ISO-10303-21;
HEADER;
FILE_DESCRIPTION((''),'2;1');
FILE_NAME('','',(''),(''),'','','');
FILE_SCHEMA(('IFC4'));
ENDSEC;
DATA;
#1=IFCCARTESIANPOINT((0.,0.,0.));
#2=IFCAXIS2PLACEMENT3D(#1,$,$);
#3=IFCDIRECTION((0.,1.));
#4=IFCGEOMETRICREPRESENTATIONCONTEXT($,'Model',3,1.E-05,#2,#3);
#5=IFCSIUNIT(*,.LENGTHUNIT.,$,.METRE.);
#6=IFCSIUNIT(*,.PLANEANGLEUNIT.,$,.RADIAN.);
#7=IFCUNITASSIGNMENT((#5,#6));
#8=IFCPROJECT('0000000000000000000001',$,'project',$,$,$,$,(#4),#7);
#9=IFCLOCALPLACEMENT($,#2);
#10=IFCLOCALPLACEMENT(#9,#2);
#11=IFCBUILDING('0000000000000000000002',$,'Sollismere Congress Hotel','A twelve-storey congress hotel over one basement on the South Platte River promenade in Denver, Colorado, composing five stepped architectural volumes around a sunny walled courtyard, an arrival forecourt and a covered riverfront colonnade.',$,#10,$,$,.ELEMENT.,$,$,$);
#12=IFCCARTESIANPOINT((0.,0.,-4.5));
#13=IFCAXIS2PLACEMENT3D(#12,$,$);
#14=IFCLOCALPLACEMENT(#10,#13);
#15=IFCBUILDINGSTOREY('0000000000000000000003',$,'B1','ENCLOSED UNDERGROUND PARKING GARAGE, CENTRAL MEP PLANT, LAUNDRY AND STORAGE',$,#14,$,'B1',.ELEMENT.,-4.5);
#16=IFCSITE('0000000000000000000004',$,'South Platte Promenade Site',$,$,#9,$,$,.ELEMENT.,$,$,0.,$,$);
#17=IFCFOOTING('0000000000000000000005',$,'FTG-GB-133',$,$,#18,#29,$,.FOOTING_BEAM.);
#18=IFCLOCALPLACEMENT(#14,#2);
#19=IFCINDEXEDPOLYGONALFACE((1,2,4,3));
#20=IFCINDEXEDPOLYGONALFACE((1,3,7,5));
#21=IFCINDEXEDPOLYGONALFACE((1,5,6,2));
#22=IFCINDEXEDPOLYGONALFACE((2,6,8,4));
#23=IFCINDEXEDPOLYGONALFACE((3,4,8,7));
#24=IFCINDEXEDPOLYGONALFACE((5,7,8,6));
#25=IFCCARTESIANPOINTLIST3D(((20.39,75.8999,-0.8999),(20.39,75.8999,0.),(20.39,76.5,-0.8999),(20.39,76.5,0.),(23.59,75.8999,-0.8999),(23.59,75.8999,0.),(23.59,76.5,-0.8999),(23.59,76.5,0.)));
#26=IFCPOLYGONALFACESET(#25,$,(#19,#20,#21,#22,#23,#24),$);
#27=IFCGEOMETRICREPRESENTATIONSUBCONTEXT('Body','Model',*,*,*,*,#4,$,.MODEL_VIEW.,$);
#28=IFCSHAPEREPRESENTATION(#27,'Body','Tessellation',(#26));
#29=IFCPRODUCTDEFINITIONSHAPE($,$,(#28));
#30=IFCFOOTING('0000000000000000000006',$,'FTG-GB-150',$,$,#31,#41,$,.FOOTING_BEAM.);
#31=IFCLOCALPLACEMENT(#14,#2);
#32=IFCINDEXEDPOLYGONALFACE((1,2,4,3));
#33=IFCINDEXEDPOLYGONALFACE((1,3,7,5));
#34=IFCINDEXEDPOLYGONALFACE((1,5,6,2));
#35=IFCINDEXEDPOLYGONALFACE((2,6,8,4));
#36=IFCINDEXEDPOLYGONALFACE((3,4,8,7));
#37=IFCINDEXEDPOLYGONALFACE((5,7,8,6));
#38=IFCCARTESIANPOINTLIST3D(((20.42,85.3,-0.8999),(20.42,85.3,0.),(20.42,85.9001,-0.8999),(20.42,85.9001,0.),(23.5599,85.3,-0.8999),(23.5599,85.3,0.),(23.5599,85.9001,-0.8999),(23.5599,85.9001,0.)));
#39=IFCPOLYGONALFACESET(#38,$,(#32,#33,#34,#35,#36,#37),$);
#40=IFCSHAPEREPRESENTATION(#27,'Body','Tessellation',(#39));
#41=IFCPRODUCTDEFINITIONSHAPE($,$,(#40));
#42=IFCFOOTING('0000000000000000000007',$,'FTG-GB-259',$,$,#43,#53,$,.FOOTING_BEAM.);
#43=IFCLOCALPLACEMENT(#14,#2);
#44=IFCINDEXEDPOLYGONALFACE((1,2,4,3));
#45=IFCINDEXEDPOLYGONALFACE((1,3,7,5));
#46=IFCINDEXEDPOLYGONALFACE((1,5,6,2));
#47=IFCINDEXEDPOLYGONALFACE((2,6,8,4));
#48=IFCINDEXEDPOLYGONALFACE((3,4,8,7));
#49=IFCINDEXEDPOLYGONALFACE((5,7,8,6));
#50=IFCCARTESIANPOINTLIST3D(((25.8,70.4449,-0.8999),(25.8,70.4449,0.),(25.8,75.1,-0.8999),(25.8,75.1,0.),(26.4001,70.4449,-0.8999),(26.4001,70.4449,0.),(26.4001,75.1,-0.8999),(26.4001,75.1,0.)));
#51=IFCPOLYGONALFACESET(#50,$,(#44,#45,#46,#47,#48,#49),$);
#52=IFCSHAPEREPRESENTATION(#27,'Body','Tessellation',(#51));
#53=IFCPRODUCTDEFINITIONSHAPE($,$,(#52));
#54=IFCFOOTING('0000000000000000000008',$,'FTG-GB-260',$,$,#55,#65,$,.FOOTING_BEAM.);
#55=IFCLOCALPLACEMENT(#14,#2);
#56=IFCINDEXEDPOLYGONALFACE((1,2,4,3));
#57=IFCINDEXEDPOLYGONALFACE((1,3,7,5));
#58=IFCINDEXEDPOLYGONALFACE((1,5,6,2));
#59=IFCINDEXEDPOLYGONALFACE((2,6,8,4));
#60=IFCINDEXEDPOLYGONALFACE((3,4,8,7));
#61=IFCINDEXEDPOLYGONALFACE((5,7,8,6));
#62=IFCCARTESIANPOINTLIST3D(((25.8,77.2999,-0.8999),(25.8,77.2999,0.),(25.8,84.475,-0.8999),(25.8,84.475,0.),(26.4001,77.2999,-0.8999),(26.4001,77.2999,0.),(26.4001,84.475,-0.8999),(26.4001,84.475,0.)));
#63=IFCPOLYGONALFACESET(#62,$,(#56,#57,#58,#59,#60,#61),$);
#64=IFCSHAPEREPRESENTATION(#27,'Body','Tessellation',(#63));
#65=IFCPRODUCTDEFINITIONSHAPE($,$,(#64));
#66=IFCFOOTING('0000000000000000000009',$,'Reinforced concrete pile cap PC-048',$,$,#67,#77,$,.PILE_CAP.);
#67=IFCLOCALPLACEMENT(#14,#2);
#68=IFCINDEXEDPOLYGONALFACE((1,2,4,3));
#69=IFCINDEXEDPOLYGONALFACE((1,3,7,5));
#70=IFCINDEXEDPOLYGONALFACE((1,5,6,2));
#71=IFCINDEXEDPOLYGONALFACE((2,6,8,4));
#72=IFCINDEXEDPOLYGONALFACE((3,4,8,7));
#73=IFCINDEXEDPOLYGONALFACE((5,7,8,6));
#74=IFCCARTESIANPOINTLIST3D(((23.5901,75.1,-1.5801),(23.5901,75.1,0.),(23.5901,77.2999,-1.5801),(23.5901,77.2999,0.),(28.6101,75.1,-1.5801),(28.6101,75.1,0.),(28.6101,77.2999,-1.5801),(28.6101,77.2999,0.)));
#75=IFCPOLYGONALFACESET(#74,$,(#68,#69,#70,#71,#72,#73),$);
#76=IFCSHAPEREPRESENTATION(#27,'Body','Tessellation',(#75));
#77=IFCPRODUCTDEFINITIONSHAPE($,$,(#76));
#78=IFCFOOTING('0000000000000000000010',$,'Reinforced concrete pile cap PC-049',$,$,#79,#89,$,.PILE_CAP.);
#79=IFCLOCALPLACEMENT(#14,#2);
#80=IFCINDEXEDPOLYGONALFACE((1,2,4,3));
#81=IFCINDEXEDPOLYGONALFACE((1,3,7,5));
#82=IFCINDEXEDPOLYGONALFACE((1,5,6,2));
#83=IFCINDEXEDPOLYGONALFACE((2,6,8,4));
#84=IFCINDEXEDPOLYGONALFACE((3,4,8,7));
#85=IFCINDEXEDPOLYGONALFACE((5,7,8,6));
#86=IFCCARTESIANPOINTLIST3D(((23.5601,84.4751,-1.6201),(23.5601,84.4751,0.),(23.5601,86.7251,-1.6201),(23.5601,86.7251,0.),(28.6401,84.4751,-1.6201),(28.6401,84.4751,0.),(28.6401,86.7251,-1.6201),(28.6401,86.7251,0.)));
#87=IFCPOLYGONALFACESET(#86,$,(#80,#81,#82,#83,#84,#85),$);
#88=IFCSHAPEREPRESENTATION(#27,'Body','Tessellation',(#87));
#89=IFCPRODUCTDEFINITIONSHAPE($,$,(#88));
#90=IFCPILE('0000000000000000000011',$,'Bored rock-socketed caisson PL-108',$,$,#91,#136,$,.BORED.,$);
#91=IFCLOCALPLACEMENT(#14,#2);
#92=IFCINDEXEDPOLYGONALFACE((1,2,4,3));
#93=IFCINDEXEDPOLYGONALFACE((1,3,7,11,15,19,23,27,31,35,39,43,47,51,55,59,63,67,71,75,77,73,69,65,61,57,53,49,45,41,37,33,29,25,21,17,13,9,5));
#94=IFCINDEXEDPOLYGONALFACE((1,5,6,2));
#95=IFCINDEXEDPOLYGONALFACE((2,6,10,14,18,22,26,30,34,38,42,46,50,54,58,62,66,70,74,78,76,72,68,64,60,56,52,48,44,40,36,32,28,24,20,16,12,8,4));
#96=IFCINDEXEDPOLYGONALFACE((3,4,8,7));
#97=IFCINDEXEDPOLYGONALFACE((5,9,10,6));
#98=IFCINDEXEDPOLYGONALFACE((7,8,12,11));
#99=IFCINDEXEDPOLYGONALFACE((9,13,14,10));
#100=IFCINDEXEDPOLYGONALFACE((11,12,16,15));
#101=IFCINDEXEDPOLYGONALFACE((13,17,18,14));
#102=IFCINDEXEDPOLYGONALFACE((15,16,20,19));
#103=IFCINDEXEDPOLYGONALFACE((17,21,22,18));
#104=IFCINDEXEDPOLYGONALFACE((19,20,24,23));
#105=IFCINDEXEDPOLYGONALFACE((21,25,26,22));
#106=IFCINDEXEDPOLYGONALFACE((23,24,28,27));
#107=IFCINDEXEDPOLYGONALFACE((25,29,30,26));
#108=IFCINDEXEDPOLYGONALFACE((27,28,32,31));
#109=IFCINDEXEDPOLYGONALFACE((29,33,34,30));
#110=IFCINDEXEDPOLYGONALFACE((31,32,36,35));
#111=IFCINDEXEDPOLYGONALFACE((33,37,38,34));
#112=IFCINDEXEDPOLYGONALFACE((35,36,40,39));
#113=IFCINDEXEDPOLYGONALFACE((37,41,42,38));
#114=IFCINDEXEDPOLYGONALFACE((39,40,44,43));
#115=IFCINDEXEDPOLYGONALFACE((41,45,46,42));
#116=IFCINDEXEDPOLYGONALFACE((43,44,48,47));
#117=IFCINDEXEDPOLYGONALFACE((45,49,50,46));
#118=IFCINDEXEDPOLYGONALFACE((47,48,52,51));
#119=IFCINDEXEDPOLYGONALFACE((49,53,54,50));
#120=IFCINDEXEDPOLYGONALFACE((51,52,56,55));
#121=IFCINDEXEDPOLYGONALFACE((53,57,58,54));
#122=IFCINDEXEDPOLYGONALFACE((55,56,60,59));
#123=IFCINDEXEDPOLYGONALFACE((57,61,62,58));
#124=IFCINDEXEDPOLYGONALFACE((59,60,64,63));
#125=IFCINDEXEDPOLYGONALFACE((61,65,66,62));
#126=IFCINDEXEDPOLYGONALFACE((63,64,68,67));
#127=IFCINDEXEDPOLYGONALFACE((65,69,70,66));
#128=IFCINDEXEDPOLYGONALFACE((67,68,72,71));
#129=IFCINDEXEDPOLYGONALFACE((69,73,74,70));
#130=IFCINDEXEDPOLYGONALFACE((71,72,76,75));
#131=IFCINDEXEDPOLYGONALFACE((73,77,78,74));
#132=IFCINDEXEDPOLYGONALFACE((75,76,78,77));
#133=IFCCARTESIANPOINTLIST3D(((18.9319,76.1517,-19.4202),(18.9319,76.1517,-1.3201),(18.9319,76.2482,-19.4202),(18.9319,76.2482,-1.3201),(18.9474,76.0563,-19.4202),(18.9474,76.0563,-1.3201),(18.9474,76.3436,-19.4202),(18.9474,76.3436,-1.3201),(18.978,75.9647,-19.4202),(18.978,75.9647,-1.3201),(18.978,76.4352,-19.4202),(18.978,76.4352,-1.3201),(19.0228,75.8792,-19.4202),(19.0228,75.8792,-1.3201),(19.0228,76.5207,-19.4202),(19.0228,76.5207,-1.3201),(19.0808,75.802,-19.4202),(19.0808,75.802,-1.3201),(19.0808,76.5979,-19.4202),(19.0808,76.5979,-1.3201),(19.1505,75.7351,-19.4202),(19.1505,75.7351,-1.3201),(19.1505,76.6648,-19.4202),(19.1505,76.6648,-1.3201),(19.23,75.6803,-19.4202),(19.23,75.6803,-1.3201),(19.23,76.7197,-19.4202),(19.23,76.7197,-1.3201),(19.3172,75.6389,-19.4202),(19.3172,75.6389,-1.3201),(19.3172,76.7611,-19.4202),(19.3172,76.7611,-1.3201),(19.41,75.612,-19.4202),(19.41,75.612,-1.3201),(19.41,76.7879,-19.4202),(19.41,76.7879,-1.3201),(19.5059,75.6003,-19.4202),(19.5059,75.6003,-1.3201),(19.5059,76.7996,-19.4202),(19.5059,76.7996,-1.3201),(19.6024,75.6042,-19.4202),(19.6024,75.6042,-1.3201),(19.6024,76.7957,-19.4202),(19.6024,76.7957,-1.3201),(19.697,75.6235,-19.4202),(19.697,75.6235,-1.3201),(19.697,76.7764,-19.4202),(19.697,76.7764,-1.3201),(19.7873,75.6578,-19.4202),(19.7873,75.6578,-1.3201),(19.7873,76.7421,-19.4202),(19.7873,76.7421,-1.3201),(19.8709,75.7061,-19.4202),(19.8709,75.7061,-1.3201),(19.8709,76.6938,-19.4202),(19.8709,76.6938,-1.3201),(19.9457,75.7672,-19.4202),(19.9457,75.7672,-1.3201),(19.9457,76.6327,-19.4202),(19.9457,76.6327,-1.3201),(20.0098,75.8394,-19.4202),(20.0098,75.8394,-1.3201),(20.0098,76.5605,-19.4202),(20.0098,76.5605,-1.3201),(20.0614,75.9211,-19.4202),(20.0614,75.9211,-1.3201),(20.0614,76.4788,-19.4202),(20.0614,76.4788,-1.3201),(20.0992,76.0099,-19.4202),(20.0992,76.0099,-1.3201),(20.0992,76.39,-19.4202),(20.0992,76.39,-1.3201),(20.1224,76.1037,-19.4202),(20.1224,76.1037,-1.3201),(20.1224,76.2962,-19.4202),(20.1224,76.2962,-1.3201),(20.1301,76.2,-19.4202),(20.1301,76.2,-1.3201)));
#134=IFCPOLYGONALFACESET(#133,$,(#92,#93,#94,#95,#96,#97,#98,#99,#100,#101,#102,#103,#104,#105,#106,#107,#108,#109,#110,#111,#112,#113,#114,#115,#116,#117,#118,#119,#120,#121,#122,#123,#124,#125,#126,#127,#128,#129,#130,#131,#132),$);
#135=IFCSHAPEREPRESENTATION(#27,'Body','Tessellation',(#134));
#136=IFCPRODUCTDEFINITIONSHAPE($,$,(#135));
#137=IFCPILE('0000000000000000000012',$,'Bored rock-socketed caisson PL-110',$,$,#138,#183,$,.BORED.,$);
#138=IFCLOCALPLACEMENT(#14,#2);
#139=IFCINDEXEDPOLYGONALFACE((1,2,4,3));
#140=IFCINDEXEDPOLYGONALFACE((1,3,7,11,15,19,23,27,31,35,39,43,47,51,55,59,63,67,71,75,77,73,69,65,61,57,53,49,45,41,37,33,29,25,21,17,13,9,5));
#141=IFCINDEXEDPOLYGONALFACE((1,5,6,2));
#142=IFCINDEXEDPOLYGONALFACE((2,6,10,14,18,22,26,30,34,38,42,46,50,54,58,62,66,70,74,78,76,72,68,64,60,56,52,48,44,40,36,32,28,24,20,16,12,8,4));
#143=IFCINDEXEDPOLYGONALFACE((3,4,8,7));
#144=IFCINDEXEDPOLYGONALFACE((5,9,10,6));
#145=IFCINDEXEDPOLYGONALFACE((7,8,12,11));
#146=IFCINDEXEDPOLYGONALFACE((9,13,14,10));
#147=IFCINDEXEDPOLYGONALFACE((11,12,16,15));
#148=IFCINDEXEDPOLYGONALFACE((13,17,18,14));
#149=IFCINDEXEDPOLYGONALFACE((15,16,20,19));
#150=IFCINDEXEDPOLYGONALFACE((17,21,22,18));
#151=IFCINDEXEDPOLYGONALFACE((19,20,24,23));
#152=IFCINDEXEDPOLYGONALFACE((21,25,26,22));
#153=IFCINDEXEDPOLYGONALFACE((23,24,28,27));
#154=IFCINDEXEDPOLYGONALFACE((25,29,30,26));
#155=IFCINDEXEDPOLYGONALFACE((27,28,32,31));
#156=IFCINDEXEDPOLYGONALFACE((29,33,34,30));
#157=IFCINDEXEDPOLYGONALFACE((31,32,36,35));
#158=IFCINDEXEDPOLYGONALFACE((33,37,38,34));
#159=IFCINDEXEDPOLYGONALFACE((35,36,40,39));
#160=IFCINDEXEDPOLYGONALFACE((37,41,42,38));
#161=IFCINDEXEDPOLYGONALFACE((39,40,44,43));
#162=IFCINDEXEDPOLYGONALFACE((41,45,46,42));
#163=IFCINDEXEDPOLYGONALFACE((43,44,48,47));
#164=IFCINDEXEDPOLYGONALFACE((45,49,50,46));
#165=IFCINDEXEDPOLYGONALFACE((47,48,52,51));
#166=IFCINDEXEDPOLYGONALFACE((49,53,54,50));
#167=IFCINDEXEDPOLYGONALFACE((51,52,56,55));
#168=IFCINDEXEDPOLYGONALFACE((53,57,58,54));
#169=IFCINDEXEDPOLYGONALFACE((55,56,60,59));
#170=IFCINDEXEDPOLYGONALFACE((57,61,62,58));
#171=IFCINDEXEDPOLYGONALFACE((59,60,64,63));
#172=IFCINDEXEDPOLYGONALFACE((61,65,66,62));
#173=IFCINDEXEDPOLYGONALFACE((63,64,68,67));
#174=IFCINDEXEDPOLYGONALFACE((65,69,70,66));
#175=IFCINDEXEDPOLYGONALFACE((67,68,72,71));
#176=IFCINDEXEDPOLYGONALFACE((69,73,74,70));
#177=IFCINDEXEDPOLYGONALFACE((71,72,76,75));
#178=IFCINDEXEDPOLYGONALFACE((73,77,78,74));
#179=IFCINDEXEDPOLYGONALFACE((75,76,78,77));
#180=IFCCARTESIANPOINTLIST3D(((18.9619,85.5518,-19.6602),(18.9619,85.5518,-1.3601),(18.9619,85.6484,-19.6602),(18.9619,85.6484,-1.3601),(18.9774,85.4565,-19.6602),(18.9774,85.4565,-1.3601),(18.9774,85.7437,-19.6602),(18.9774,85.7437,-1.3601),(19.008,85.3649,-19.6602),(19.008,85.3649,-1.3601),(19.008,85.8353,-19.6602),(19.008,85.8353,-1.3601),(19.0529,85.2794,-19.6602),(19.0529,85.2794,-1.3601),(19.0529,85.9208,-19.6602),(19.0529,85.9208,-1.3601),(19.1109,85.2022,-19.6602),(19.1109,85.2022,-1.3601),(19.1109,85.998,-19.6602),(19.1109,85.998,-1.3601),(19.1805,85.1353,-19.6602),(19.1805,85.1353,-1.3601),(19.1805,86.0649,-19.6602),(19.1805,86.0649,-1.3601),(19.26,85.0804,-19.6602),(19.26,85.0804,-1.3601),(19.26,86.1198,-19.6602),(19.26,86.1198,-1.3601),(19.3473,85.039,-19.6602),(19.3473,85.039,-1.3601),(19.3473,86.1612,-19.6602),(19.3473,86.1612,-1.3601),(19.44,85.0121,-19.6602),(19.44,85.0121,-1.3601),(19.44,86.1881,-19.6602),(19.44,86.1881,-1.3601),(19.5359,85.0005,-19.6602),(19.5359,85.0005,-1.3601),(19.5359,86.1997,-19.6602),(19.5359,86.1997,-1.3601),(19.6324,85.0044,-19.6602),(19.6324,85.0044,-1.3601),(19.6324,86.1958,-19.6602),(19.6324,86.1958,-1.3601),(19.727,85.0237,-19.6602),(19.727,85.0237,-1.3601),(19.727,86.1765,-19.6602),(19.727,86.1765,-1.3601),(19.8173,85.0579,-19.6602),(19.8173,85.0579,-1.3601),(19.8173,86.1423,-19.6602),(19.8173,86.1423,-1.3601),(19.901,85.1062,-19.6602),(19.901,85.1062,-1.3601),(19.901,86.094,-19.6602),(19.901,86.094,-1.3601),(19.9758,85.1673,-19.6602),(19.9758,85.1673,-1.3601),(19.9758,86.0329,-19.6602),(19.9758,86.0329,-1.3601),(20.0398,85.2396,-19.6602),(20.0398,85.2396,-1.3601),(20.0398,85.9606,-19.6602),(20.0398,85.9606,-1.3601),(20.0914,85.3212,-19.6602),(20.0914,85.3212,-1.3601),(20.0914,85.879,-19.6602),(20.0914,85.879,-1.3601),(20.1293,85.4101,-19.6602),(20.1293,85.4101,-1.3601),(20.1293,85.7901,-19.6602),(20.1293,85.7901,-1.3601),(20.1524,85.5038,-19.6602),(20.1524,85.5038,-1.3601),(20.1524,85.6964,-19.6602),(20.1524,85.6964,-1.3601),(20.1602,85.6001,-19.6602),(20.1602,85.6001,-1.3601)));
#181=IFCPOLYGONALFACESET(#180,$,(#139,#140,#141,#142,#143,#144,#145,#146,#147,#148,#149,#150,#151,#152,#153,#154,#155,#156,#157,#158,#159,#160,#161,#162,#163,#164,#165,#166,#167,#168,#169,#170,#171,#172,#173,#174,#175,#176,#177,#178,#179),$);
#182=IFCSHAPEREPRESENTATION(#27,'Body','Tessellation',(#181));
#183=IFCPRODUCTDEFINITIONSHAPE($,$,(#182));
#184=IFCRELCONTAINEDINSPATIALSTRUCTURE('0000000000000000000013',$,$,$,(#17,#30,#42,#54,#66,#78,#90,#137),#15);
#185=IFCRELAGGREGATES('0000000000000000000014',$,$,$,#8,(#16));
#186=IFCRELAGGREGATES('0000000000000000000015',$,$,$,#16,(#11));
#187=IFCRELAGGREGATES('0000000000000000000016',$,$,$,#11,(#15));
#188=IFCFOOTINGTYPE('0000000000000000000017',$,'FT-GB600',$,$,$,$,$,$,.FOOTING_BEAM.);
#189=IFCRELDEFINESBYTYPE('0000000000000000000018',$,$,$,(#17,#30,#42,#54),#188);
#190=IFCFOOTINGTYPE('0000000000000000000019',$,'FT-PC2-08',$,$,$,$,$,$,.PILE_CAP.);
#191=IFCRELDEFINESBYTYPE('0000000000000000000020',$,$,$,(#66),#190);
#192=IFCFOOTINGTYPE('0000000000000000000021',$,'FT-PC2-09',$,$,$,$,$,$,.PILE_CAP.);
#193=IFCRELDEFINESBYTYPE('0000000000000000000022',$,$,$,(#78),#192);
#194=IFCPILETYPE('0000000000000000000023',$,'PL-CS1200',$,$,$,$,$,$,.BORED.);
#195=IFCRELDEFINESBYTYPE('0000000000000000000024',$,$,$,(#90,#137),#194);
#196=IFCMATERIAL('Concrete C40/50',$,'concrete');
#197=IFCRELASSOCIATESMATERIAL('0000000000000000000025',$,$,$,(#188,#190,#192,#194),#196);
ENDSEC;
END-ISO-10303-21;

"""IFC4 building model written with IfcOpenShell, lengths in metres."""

from ifc_helpers import new_model, si_unit, direction, frame, origin, origin_2d, place, context, subcontext, project, spatial, rectangle, circle, extrude, material, material_profile, profile_set, type_object, element, save


model = new_model("IFC4")

# Units and contexts
model_context = context("Model", 3, precision=1e-05, world=origin(), true_north=direction((0.0, 1.0)))
body_context = subcontext(model_context, "Body", "Model", "MODEL_VIEW")
ifc_project = project(units=[si_unit("LENGTHUNIT", "METRE"), si_unit("PLANEANGLEUNIT", "RADIAN")], contexts=[model_context])

# Site, building, storey
site_placement = place(None, origin())
site = spatial("IfcSite", under=ifc_project, at=site_placement, Name="South Platte Promenade Site", CompositionType="ELEMENT", RefElevation=0.0)
building_placement = place(site_placement, origin())
building = spatial("IfcBuilding", under=site, at=building_placement, Name="Sollismere Congress Hotel", Description="A twelve-storey congress hotel over one basement on the South Platte River promenade in Denver, Colorado, composing five stepped architectural volumes around a sunny walled courtyard, an arrival forecourt and a covered riverfront colonnade.", CompositionType="ELEMENT")
storey_placement = place(building_placement, frame((0.0, 0.0, -4.5)))
storey = spatial("IfcBuildingStorey", under=building, at=storey_placement, Name="B1", Description="ENCLOSED UNDERGROUND PARKING GARAGE, CENTRAL MEP PLANT, LAUNDRY AND STORAGE", LongName="B1", CompositionType="ELEMENT", Elevation=-4.5)

# Footings
ifc_material_1 = material(Name="Concrete C40/50", Category="concrete")
footing_type_1 = type_object("IfcFootingType", Name="FT-GB600", PredefinedType="FOOTING_BEAM", material=ifc_material_1)
footing_1_placement = place(storey_placement, frame((21.99, 76.2, -0.8999), z_axis=(0.0, 0.0, 1.0), x_axis=(1.0, 0.0, 0.0)))
element("IfcFooting", 1, at=footing_1_placement, inside=storey, type_object=footing_type_1, Name="FTG-GB-133", PredefinedType="FOOTING_BEAM", context=body_context, shape_type="SweptSolid", body=[
    extrude(rectangle(XDim=3.2, YDim=0.6001, at=origin_2d()), origin(), (0.0, 0.0, 1.0), 0.8999),
])
footing_2_placement = place(storey_placement, frame((21.99, 85.6001, -0.8999), z_axis=(0.0, 0.0, 1.0), x_axis=(1.0, 0.0, 0.0)))
element("IfcFooting", 2, at=footing_2_placement, inside=storey, type_object=footing_type_1, Name="FTG-GB-150", PredefinedType="FOOTING_BEAM", context=body_context, shape_type="SweptSolid", body=[
    extrude(rectangle(XDim=3.1399, YDim=0.6001, at=origin_2d()), origin(), (0.0, 0.0, 1.0), 0.8999),
])
footing_3_placement = place(storey_placement, frame((26.1001, 72.7725, -0.8999), z_axis=(0.0, 0.0, 1.0), x_axis=(0.0, 1.0, 0.0)))
element("IfcFooting", 3, at=footing_3_placement, inside=storey, type_object=footing_type_1, Name="FTG-GB-259", PredefinedType="FOOTING_BEAM", context=body_context, shape_type="SweptSolid", body=[
    extrude(rectangle(XDim=4.655, YDim=0.6001, at=origin_2d()), origin(), (0.0, 0.0, 1.0), 0.8999),
])
footing_4_placement = place(storey_placement, frame((26.1001, 80.8875, -0.8999), z_axis=(0.0, 0.0, 1.0), x_axis=(0.0, 1.0, 0.0)))
element("IfcFooting", 4, at=footing_4_placement, inside=storey, type_object=footing_type_1, Name="FTG-GB-260", PredefinedType="FOOTING_BEAM", context=body_context, shape_type="SweptSolid", body=[
    extrude(rectangle(XDim=7.175, YDim=0.6001, at=origin_2d()), origin(), (0.0, 0.0, 1.0), 0.8999),
])
footing_type_2 = type_object("IfcFootingType", Name="FT-PC2-08", PredefinedType="PILE_CAP", material=ifc_material_1)
footing_5_placement = place(storey_placement, frame((26.1001, 76.2, -1.5801), z_axis=(0.0, 0.0, 1.0), x_axis=(1.0, 0.0, 0.0)))
element("IfcFooting", 5, at=footing_5_placement, inside=storey, type_object=footing_type_2, Name="Reinforced concrete pile cap PC-048", PredefinedType="PILE_CAP", context=body_context, shape_type="SweptSolid", body=[
    extrude(rectangle(XDim=5.02, YDim=2.2, at=origin_2d()), origin(), (0.0, 0.0, 1.0), 1.5801),
])
footing_type_3 = type_object("IfcFootingType", Name="FT-PC2-09", PredefinedType="PILE_CAP", material=ifc_material_1)
footing_6_placement = place(storey_placement, frame((26.1001, 85.6001, -1.6201), z_axis=(0.0, 0.0, 1.0), x_axis=(1.0, 0.0, 0.0)))
element("IfcFooting", 6, at=footing_6_placement, inside=storey, type_object=footing_type_3, Name="Reinforced concrete pile cap PC-049", PredefinedType="PILE_CAP", context=body_context, shape_type="SweptSolid", body=[
    extrude(rectangle(XDim=5.0801, YDim=2.25, at=origin_2d()), origin(), (0.0, 0.0, 1.0), 1.6201),
])

# Piles
ifc_material_profile_1 = material_profile(ifc_material_1, circle(Radius=0.6001, at=origin_2d()), Name="CAISSON1200")
ifc_profile_set_1 = profile_set([ifc_material_profile_1], Name="Concrete C40/50")
pile_type = type_object("IfcPileType", Name="PL-CS1200", PredefinedType="BORED", material=ifc_profile_set_1)
pile_1_placement = place(storey_placement, frame((19.53, 76.2, -1.3201), z_axis=(0.0, 0.0, -1.0), x_axis=(1.0, 0.0, 0.0)))
element("IfcPile", 7, at=pile_1_placement, inside=storey, type_object=pile_type, Name="Bored rock-socketed caisson PL-108", PredefinedType="BORED", context=body_context, shape_type="SweptSolid", body=[
    extrude(circle(Radius=0.6001, at=origin_2d()), origin(), (0.0, 0.0, 1.0), 18.1001),
])
pile_2_placement = place(storey_placement, frame((19.5601, 85.6001, -1.3601), z_axis=(0.0, 0.0, -1.0), x_axis=(1.0, 0.0, 0.0)))
element("IfcPile", 8, at=pile_2_placement, inside=storey, type_object=pile_type, Name="Bored rock-socketed caisson PL-110", PredefinedType="BORED", context=body_context, shape_type="SweptSolid", body=[
    extrude(circle(Radius=0.6001, at=origin_2d()), origin(), (0.0, 0.0, 1.0), 18.3),
])

save(model, "model.ifc")
